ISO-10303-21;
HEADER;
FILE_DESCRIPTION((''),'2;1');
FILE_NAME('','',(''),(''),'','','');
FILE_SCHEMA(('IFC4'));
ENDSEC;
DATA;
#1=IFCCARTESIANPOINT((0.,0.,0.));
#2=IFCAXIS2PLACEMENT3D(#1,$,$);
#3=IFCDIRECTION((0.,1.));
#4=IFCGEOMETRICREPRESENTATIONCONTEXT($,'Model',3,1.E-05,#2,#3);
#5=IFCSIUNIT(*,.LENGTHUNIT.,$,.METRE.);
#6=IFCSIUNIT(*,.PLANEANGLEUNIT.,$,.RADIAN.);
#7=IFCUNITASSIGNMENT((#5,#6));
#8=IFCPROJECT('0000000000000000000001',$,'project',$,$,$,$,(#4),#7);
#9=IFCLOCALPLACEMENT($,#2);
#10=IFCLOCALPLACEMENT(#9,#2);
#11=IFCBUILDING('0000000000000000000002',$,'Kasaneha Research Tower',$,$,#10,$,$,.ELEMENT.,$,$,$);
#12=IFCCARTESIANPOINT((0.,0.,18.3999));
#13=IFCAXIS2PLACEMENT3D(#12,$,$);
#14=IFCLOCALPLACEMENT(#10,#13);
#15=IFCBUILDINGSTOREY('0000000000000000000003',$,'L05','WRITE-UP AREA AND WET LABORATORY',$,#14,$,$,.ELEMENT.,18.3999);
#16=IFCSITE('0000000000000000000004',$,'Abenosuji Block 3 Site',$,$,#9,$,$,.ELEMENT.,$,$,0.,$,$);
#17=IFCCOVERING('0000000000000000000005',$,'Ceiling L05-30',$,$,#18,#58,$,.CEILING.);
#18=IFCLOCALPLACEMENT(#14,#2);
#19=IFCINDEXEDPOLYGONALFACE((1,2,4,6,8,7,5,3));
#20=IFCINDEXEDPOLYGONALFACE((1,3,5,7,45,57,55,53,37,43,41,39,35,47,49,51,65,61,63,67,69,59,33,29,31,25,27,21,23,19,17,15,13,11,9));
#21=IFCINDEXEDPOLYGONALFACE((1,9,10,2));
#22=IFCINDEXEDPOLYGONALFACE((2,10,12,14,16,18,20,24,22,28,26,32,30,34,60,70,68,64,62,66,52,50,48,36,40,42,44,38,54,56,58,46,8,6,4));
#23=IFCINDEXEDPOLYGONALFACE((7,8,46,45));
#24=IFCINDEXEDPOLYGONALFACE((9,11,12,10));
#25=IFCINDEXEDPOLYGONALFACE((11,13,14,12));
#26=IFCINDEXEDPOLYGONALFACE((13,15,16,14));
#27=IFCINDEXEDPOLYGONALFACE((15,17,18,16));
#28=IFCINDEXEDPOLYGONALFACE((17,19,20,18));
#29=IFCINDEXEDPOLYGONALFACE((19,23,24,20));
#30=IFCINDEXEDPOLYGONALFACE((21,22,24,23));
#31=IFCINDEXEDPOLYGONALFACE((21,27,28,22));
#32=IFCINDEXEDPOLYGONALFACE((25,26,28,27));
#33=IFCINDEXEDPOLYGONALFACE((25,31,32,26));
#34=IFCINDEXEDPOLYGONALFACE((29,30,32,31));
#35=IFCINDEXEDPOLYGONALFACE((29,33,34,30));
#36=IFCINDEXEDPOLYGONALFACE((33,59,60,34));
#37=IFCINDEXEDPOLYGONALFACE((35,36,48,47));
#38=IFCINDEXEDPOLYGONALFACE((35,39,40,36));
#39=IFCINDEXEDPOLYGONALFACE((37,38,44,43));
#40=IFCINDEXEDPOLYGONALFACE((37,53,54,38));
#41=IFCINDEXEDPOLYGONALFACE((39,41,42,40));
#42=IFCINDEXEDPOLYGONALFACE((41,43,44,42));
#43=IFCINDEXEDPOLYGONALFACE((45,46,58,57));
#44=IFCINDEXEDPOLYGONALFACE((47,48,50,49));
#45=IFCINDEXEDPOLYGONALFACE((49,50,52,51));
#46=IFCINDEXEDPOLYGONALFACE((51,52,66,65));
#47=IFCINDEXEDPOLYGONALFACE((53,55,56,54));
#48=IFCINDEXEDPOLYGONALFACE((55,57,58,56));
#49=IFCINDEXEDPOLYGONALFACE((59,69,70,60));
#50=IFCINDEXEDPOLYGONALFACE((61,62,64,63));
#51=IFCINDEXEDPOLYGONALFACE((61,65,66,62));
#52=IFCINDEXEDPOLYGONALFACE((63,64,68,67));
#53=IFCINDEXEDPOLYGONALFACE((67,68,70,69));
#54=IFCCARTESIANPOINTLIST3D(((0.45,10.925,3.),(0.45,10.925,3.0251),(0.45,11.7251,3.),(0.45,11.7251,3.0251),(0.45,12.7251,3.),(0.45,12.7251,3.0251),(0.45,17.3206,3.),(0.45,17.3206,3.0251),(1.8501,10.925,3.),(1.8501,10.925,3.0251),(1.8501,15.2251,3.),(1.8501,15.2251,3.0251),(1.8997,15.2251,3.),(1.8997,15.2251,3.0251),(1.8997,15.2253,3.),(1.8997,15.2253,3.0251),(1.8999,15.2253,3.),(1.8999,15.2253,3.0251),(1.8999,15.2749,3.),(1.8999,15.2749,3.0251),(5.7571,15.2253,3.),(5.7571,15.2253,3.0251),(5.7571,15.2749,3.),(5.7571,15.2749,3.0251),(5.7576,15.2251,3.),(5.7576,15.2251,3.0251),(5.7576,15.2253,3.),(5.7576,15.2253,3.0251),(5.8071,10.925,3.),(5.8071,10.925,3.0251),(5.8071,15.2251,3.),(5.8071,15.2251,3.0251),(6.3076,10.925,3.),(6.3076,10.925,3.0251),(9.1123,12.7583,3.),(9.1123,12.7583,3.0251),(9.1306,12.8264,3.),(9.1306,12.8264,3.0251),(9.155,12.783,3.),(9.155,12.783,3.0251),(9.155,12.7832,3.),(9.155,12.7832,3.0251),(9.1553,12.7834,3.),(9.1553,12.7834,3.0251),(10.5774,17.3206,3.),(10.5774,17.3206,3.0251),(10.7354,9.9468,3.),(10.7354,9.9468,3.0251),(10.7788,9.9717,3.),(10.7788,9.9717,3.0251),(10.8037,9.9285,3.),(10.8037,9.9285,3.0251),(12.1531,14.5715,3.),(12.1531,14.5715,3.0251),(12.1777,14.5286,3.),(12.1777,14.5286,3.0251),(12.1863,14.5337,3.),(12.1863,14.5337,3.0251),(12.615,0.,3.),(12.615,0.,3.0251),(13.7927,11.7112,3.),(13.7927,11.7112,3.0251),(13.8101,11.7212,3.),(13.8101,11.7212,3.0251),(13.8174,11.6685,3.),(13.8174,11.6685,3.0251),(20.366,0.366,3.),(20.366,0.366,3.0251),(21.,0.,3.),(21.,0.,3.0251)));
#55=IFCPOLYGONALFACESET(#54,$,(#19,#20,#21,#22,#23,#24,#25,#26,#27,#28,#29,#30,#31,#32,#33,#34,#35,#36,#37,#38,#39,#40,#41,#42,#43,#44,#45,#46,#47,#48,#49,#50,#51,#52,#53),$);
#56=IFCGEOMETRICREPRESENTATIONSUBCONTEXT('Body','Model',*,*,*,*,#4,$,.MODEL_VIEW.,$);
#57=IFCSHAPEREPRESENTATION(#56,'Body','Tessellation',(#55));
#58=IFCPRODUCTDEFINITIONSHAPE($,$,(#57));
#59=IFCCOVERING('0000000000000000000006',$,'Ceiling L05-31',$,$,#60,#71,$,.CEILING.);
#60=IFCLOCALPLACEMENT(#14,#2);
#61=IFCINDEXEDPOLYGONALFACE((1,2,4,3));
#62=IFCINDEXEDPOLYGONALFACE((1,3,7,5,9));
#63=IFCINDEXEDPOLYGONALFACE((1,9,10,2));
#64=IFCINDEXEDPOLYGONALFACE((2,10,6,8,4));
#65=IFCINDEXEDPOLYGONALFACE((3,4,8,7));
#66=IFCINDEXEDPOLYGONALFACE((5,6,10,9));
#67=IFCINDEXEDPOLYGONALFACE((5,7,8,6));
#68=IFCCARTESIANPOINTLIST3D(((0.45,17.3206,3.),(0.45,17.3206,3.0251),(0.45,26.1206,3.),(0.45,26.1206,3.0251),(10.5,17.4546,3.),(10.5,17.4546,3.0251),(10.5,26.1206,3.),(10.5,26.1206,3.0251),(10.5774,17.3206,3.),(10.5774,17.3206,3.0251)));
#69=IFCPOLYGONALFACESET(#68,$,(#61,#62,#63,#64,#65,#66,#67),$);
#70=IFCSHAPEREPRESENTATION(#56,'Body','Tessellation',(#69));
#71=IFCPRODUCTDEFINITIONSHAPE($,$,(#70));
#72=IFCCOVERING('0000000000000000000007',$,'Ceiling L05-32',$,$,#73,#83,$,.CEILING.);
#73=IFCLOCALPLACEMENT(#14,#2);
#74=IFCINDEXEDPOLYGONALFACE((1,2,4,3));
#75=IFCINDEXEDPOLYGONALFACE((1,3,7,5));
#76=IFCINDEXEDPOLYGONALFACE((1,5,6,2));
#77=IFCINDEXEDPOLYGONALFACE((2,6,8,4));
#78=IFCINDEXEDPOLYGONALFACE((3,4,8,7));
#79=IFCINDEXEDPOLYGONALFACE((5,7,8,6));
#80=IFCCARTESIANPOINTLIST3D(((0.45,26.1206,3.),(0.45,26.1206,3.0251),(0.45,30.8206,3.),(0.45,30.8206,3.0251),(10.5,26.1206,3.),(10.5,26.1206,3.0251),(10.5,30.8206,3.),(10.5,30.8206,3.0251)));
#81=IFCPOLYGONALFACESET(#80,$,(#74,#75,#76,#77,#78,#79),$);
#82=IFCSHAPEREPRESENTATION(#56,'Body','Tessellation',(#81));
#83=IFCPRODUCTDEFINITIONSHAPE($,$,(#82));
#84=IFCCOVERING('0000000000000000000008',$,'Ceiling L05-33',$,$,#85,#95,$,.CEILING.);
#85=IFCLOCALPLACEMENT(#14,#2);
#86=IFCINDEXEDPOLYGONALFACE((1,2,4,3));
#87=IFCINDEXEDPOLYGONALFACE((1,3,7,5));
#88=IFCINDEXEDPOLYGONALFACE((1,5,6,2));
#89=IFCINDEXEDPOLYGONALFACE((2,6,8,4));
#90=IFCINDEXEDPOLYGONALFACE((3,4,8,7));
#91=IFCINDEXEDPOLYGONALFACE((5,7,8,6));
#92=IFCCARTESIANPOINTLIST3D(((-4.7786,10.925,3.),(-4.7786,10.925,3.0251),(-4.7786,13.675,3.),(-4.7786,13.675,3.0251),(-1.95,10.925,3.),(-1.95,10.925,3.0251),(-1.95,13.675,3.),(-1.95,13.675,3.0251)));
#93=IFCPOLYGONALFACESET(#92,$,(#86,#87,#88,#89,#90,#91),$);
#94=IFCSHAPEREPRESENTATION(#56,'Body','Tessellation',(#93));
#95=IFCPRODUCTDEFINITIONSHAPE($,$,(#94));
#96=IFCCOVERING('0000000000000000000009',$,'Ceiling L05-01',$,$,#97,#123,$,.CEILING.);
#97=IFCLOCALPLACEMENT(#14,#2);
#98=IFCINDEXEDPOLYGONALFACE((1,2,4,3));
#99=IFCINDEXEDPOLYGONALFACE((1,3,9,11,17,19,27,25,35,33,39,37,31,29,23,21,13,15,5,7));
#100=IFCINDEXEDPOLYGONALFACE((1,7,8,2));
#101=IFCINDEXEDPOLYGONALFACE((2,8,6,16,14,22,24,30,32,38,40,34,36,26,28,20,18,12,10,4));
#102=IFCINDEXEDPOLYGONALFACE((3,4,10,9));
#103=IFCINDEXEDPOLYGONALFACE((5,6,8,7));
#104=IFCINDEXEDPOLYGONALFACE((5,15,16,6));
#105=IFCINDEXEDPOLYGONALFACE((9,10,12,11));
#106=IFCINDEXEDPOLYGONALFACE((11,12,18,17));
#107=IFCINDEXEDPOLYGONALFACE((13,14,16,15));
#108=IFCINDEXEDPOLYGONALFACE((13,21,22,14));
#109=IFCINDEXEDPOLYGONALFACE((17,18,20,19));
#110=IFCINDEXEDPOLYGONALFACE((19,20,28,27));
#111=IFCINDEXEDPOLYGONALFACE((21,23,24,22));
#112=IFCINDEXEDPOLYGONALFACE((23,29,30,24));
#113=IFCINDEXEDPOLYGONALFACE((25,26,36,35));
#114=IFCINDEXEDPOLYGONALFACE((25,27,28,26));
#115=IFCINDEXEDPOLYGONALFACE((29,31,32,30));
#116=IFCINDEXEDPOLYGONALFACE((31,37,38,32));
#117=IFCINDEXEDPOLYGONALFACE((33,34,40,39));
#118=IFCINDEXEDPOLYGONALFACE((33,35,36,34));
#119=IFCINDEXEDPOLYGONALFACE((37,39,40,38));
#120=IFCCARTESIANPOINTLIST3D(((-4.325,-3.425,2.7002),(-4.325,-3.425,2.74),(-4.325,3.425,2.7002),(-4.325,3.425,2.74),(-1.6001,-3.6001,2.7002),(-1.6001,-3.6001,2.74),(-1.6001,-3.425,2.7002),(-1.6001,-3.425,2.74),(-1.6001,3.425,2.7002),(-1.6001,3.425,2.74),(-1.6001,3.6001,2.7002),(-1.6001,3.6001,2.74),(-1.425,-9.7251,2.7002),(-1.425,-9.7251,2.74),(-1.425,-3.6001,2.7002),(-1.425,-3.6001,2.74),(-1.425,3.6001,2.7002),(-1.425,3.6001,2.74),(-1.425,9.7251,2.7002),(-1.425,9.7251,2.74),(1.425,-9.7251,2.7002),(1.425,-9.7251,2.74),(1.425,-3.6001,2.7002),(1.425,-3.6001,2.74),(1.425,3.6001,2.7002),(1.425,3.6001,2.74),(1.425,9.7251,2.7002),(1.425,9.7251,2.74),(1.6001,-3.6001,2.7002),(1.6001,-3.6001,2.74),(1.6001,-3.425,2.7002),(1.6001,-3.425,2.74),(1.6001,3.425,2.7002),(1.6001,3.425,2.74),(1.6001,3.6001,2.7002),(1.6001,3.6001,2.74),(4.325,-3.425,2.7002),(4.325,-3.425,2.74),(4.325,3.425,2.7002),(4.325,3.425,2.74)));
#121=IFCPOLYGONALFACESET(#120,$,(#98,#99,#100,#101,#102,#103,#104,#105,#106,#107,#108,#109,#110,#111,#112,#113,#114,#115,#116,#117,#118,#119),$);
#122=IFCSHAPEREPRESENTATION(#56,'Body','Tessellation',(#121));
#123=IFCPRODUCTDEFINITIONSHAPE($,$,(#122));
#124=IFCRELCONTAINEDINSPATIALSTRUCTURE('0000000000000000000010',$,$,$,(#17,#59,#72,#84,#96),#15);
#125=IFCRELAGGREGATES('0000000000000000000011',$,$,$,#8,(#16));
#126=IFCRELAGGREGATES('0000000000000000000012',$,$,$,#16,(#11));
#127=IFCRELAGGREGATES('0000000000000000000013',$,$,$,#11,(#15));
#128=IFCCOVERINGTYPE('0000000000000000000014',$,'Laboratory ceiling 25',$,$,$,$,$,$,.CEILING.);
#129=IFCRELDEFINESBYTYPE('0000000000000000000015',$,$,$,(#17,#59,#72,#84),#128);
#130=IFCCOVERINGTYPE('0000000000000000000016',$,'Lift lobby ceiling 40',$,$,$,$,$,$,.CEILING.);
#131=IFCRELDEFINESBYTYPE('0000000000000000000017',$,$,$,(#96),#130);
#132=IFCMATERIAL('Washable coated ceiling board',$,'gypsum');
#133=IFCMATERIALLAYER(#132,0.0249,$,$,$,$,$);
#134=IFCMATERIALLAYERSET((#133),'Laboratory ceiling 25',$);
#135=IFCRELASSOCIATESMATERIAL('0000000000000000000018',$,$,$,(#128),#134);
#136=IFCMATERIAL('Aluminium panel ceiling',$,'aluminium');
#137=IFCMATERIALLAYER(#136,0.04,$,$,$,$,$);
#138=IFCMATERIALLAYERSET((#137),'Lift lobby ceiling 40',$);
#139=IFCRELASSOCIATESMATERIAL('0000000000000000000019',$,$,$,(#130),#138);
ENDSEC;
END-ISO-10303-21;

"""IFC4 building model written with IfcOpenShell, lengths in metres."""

from ifc_helpers import new_model, si_unit, direction, frame, origin, place, context, subcontext, project, spatial, polyline, outline, extrude, material, layer, layer_set, type_object, element, save


model = new_model("IFC4")

# Units and contexts
model_context = context("Model", 3, precision=1e-05, world=origin(), true_north=direction((0.0, 1.0)))
body_context = subcontext(model_context, "Body", "Model", "MODEL_VIEW")
ifc_project = project(units=[si_unit("LENGTHUNIT", "METRE"), si_unit("PLANEANGLEUNIT", "RADIAN")], contexts=[model_context])

# Site, building, storey
site_placement = place(None, origin())
site = spatial("IfcSite", under=ifc_project, at=site_placement, Name="Abenosuji Block 3 Site", CompositionType="ELEMENT", RefElevation=0.0)
building_placement = place(site_placement, origin())
building = spatial("IfcBuilding", under=site, at=building_placement, Name="Kasaneha Research Tower", CompositionType="ELEMENT")
storey_placement = place(building_placement, frame((0.0, 0.0, 18.3999)))
storey = spatial("IfcBuildingStorey", under=building, at=storey_placement, Name="L05", Description="WRITE-UP AREA AND WET LABORATORY", CompositionType="ELEMENT", Elevation=18.3999)

# Coverings
ifc_material_1 = material(Name="Washable coated ceiling board", Category="gypsum")
ifc_layer_1 = layer(ifc_material_1, 0.0249)
ifc_layer_set_1 = layer_set([ifc_layer_1], Name="Laboratory ceiling 25")
covering_type_1 = type_object("IfcCoveringType", Name="Laboratory ceiling 25", PredefinedType="CEILING", material=ifc_layer_set_1)
covering_1_placement = place(storey_placement, frame((0.0, 0.0, 3.0)))
element("IfcCovering", 1, at=covering_1_placement, inside=storey, type_object=covering_type_1, Name="Ceiling L05-30", PredefinedType="CEILING", context=body_context, shape_type="SweptSolid", body=[
    extrude(outline(polyline([(6.3076, 10.925), (5.8071, 10.925), (5.8071, 15.2251), (5.7576, 15.2251), (5.7576, 15.2253), (5.7571, 15.2253), (5.7571, 15.2749), (1.8999, 15.2749), (1.8999, 15.2253), (1.8997, 15.2253), (1.8997, 15.2251), (1.8501, 15.2251), (1.8501, 10.925), (0.45, 10.925), (0.45, 11.7251), (0.45, 12.7251), (0.45, 17.3206), (10.5774, 17.3206), (12.1863, 14.5337), (12.1777, 14.5286), (12.1531, 14.5715), (9.1306, 12.8264), (9.1553, 12.7834), (9.155, 12.7832), (9.155, 12.783), (9.1123, 12.7583), (10.7354, 9.9468), (10.7788, 9.9717), (10.8037, 9.9285), (13.8174, 11.6685), (13.7927, 11.7112), (13.8101, 11.7212), (20.366, 0.366), (21.0, 0.0), (12.615, 0.0), (6.3076, 10.925)])), origin(), (0.0, 0.0, 1.0), 0.0251),
])
covering_2_placement = place(storey_placement, frame((0.0, 0.0, 3.0)))
element("IfcCovering", 2, at=covering_2_placement, inside=storey, type_object=covering_type_1, Name="Ceiling L05-31", PredefinedType="CEILING", context=body_context, shape_type="SweptSolid", body=[
    extrude(outline(polyline([(10.5, 26.1206), (10.5, 17.4546), (10.5774, 17.3206), (0.45, 17.3206), (0.45, 26.1206), (10.5, 26.1206)])), origin(), (0.0, 0.0, 1.0), 0.0251),
])
covering_3_placement = place(storey_placement, frame((0.0, 0.0, 3.0)))
element("IfcCovering", 3, at=covering_3_placement, inside=storey, type_object=covering_type_1, Name="Ceiling L05-32", PredefinedType="CEILING", context=body_context, shape_type="SweptSolid", body=[
    extrude(outline(polyline([(10.5, 30.8206), (10.5, 26.1206), (0.45, 26.1206), (0.45, 30.8206), (10.5, 30.8206)])), origin(), (0.0, 0.0, 1.0), 0.0251),
])
covering_4_placement = place(storey_placement, frame((0.0, 0.0, 3.0)))
element("IfcCovering", 4, at=covering_4_placement, inside=storey, type_object=covering_type_1, Name="Ceiling L05-33", PredefinedType="CEILING", context=body_context, shape_type="SweptSolid", body=[
    extrude(outline(polyline([(-4.7786, 10.925), (-4.7786, 13.675), (-1.95, 13.675), (-1.95, 10.925), (-4.7786, 10.925)])), origin(), (0.0, 0.0, 1.0), 0.0251),
])
ifc_material_2 = material(Name="Aluminium panel ceiling", Category="aluminium")
ifc_layer_2 = layer(ifc_material_2, 0.04)
ifc_layer_set_2 = layer_set([ifc_layer_2], Name="Lift lobby ceiling 40")
covering_type_2 = type_object("IfcCoveringType", Name="Lift lobby ceiling 40", PredefinedType="CEILING", material=ifc_layer_set_2)
covering_5_placement = place(storey_placement, frame((0.0, 0.0, 2.7002)))
element("IfcCovering", 5, at=covering_5_placement, inside=storey, type_object=covering_type_2, Name="Ceiling L05-01", PredefinedType="CEILING", context=body_context, shape_type="SweptSolid", body=[
    extrude(outline(polyline([(1.425, 9.7251), (1.425, 3.6001), (1.6001, 3.6001), (1.6001, 3.425), (4.325, 3.425), (4.325, -3.425), (1.6001, -3.425), (1.6001, -3.6001), (1.425, -3.6001), (1.425, -9.7251), (-1.425, -9.7251), (-1.425, -3.6001), (-1.6001, -3.6001), (-1.6001, -3.425), (-4.325, -3.425), (-4.325, 3.425), (-1.6001, 3.425), (-1.6001, 3.6001), (-1.425, 3.6001), (-1.425, 9.7251), (1.425, 9.7251)])), origin(), (0.0, 0.0, 1.0), 0.0398),
])

save(model, "model.ifc")
